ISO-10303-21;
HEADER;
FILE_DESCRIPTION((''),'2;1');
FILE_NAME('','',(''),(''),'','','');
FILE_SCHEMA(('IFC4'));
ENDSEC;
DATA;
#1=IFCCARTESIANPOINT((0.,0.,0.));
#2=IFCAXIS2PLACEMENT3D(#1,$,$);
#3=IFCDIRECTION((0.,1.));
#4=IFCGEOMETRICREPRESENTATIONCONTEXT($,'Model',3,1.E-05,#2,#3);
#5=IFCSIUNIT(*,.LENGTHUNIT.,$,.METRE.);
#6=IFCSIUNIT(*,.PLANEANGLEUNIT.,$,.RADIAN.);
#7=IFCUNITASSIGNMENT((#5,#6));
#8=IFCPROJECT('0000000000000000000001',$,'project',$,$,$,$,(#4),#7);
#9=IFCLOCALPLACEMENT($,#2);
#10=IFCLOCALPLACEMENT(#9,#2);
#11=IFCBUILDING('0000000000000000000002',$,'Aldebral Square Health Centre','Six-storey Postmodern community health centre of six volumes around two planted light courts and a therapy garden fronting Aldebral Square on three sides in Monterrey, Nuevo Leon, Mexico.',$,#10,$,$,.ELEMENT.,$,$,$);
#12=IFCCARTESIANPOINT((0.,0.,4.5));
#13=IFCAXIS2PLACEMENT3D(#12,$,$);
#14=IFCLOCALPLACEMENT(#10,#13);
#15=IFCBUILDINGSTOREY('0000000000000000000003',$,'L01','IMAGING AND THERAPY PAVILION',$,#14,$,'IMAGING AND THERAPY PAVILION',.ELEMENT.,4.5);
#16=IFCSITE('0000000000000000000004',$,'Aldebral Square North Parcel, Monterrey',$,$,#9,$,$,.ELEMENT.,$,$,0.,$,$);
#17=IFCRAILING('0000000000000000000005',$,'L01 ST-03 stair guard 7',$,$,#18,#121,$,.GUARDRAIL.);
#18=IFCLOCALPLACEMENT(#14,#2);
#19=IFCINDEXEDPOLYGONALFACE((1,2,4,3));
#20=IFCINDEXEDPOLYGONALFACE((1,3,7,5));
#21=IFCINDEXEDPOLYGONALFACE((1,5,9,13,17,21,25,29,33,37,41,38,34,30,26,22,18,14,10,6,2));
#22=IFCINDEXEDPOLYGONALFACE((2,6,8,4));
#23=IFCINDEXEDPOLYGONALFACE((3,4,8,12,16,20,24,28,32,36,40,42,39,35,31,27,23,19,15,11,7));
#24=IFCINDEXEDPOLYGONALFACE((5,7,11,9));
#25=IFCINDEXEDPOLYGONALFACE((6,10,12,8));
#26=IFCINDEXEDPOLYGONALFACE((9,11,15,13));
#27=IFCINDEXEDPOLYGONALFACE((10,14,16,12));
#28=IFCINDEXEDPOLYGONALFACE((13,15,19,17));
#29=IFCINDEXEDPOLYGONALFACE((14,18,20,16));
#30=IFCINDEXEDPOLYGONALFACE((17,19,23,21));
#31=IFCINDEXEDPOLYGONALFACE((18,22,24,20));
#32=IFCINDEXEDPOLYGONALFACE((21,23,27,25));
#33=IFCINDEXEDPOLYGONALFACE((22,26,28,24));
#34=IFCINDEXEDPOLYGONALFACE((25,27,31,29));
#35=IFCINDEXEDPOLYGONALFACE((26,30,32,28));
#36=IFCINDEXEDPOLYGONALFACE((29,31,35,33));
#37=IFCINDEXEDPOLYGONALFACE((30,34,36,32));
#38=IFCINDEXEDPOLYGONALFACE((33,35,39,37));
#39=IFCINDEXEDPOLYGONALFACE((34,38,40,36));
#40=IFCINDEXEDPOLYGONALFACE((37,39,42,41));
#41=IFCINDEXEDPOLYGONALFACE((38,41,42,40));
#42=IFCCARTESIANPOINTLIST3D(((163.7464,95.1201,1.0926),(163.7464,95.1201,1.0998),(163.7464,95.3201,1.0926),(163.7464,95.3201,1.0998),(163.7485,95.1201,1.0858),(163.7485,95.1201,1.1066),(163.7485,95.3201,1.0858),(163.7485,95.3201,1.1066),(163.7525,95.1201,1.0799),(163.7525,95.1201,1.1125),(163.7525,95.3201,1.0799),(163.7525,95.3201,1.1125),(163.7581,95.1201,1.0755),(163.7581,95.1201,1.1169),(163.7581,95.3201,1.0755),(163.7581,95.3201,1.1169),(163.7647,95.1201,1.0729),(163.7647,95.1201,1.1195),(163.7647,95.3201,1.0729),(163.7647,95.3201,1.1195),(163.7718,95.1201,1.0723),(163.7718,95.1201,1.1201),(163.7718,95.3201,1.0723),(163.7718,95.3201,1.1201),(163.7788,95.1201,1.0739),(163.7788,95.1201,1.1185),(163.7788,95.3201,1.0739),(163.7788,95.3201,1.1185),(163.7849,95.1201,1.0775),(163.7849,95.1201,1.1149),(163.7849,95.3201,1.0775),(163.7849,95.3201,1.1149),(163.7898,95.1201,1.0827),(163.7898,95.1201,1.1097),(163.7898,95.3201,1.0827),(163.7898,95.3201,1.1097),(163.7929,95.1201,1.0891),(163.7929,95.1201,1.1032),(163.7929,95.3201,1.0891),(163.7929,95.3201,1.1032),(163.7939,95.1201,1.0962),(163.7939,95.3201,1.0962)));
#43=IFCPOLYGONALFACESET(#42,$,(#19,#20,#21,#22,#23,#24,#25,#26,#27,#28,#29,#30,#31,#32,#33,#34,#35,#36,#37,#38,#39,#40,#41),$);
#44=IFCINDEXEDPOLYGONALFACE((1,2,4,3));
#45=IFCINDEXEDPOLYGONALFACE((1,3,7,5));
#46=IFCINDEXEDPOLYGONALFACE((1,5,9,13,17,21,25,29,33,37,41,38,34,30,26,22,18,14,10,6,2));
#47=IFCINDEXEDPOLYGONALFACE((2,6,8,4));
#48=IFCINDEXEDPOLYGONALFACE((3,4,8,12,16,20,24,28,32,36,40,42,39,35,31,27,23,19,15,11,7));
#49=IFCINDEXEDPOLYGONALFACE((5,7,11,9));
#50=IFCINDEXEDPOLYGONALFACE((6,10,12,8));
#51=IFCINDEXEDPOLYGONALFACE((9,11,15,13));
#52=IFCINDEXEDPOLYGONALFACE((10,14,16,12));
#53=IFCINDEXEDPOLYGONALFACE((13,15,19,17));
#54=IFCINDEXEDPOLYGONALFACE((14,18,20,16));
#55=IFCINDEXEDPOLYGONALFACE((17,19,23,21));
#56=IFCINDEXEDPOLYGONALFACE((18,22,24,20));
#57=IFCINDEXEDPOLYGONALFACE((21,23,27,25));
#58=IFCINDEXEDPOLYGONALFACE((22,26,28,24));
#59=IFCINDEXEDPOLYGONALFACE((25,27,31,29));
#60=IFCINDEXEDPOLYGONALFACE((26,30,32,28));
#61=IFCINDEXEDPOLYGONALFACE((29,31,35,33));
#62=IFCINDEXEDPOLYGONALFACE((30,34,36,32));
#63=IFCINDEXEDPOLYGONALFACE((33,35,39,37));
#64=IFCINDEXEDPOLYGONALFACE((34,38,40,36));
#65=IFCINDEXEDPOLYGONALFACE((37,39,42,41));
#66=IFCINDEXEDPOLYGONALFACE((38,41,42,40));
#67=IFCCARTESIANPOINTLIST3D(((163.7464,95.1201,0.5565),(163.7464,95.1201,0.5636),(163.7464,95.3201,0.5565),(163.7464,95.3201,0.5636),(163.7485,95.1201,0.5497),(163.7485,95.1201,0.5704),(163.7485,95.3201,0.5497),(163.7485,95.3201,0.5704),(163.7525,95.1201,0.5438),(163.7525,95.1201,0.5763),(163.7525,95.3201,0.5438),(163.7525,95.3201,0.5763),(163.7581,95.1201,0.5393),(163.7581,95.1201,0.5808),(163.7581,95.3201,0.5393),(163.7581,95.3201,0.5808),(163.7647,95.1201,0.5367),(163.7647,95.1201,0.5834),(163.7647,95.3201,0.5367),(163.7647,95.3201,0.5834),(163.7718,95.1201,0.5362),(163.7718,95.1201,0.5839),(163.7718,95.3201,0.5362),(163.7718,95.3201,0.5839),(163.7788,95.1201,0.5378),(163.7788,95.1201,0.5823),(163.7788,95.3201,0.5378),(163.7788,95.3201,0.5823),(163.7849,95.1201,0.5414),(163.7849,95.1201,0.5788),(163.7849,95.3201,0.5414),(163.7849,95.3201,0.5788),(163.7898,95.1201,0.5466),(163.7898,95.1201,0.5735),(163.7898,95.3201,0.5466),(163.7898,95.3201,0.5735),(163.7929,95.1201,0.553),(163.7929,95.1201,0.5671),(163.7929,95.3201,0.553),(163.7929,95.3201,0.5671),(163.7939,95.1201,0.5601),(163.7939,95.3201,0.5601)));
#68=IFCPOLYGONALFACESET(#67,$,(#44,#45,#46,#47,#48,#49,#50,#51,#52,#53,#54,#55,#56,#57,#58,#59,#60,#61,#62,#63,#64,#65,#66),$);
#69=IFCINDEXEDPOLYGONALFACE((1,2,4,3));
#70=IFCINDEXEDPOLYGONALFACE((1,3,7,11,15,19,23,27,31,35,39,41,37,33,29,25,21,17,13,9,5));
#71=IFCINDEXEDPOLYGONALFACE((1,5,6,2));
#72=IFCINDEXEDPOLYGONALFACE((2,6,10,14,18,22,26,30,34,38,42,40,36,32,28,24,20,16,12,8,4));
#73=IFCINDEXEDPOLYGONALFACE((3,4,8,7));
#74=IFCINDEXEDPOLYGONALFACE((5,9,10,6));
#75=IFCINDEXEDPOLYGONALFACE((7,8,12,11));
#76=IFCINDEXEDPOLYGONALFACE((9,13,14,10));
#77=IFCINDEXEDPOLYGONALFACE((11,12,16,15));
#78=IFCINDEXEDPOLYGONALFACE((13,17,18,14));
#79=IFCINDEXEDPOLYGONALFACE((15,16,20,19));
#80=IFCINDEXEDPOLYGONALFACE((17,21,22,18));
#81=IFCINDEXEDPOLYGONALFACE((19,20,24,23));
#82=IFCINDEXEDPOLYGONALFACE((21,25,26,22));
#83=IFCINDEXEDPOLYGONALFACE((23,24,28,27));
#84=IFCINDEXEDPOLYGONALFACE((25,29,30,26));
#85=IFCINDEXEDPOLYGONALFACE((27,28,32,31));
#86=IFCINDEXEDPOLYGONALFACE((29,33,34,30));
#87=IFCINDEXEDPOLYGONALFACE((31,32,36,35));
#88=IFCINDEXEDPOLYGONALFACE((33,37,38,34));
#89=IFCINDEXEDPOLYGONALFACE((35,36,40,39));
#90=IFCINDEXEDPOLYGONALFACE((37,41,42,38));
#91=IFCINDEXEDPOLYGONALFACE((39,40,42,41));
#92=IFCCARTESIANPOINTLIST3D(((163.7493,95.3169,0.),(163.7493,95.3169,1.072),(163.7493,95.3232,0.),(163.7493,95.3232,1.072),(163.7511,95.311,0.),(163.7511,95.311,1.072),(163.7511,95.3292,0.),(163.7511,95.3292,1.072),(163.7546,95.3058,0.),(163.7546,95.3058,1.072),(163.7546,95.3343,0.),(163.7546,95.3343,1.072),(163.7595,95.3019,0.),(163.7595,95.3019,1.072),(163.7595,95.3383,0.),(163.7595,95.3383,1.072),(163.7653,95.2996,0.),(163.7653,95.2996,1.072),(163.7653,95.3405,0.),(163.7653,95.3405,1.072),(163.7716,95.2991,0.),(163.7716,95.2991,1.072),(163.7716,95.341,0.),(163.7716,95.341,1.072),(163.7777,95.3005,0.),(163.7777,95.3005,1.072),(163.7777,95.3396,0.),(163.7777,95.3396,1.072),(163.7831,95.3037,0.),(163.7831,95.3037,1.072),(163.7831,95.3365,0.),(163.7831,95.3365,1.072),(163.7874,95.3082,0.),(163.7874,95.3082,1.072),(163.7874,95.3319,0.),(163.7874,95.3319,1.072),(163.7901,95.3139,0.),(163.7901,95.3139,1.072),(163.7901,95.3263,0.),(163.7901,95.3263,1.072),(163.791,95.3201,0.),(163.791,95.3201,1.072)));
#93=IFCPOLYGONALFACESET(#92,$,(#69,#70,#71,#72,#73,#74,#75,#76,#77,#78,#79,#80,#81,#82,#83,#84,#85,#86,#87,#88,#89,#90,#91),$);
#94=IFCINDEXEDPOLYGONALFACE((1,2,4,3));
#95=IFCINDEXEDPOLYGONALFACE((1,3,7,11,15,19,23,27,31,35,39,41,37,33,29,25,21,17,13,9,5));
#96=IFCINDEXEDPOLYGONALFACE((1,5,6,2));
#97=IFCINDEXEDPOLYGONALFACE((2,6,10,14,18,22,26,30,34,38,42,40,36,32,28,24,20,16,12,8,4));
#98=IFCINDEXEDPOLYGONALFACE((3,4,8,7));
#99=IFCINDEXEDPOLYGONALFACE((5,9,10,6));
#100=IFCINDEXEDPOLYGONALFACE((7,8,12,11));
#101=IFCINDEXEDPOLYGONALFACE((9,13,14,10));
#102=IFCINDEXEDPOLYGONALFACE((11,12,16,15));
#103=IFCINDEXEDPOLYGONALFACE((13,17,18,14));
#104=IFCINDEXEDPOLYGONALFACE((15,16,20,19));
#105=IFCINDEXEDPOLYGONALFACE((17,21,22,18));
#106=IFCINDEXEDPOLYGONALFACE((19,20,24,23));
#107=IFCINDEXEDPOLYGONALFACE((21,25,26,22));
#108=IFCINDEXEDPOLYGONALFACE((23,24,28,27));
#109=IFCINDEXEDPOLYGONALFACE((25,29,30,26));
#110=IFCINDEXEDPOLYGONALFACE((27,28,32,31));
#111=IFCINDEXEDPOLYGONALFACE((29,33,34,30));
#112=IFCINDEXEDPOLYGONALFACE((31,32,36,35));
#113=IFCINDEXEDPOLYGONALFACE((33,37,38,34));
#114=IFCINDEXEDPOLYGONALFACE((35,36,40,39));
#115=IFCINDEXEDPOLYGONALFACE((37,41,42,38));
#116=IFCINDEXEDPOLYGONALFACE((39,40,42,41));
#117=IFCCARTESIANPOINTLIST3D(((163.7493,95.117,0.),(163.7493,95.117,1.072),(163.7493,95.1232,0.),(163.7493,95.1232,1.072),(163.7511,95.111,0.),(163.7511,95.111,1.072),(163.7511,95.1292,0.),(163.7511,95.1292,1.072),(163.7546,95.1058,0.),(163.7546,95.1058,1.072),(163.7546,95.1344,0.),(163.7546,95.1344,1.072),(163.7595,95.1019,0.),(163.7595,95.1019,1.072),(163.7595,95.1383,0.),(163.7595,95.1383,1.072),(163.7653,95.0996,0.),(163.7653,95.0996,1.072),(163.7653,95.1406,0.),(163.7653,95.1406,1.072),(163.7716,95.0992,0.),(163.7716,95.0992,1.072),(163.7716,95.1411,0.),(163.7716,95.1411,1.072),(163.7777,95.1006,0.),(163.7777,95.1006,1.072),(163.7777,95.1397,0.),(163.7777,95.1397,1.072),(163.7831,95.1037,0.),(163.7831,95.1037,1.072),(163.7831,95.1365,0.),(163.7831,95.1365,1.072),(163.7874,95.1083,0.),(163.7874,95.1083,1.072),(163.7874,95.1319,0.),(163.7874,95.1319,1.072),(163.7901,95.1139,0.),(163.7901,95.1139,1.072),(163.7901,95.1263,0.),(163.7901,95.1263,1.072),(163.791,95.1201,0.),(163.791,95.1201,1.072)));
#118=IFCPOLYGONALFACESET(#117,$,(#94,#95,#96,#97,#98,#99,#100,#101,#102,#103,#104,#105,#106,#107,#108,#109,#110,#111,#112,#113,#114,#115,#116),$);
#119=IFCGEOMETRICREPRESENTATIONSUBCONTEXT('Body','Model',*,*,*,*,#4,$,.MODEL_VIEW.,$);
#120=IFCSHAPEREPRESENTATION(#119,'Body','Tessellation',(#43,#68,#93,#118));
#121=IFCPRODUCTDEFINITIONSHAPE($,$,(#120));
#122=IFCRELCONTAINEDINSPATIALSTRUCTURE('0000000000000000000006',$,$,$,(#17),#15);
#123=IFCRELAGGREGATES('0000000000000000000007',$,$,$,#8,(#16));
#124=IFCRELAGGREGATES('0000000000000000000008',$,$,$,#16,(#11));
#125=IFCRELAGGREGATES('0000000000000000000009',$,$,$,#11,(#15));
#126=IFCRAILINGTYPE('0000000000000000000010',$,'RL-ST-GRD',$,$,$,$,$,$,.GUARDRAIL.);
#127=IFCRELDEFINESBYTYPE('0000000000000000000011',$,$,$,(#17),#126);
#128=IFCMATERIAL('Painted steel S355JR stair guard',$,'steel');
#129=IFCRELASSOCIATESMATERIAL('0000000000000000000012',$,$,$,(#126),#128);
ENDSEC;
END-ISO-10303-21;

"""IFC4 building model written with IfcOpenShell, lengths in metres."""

from ifc_helpers import new_model, si_unit, direction, frame, origin, origin_2d, place, context, subcontext, project, spatial, circle, extrude, material, type_object, element, save


model = new_model("IFC4")

# Units and contexts
model_context = context("Model", 3, precision=1e-05, world=origin(), true_north=direction((0.0, 1.0)))
body_context = subcontext(model_context, "Body", "Model", "MODEL_VIEW")
ifc_project = project(units=[si_unit("LENGTHUNIT", "METRE"), si_unit("PLANEANGLEUNIT", "RADIAN")], contexts=[model_context])

# Site, building, storey
site_placement = place(None, origin())
site = spatial("IfcSite", under=ifc_project, at=site_placement, Name="Aldebral Square North Parcel, Monterrey", CompositionType="ELEMENT", RefElevation=0.0)
building_placement = place(site_placement, origin())
building = spatial("IfcBuilding", under=site, at=building_placement, Name="Aldebral Square Health Centre", Description="Six-storey Postmodern community health centre of six volumes around two planted light courts and a therapy garden fronting Aldebral Square on three sides in Monterrey, Nuevo Leon, Mexico.", CompositionType="ELEMENT")
storey_placement = place(building_placement, frame((0.0, 0.0, 4.5)))
storey = spatial("IfcBuildingStorey", under=building, at=storey_placement, Name="L01", Description="IMAGING AND THERAPY PAVILION", LongName="IMAGING AND THERAPY PAVILION", CompositionType="ELEMENT", Elevation=4.5)

# Railing
ifc_material_1 = material(Name="Painted steel S355JR stair guard", Category="steel")
railing_type_1 = type_object("IfcRailingType", Name="RL-ST-GRD", PredefinedType="GUARDRAIL", material=ifc_material_1)
railing_1_placement = place(storey_placement, frame((163.77, 95.3201, 0.0)))
element("IfcRailing", 1, at=railing_1_placement, inside=storey, type_object=railing_type_1, Name="L01 ST-03 stair guard 7", PredefinedType="GUARDRAIL", context=body_context, shape_type="SweptSolid", body=[
    extrude(circle(Radius=0.0239, at=origin_2d()), frame((0.0, 0.0, 1.0962), z_axis=(0.0, -1.0, 0.0), x_axis=(1.0, 0.0, 0.0)), (0.0, 0.0, 1.0), 0.2),
    extrude(circle(Radius=0.0239, at=origin_2d()), frame((0.0, 0.0, 0.5601), z_axis=(0.0, -1.0, 0.0), x_axis=(1.0, 0.0, 0.0)), (0.0, 0.0, 1.0), 0.2),
    extrude(circle(Radius=0.021, at=origin_2d()), origin(), (0.0, 0.0, 1.0), 1.072),
    extrude(circle(Radius=0.021, at=origin_2d()), frame((0.0, -0.2, 0.0)), (0.0, 0.0, 1.0), 1.072),
])

save(model, "model.ifc")
